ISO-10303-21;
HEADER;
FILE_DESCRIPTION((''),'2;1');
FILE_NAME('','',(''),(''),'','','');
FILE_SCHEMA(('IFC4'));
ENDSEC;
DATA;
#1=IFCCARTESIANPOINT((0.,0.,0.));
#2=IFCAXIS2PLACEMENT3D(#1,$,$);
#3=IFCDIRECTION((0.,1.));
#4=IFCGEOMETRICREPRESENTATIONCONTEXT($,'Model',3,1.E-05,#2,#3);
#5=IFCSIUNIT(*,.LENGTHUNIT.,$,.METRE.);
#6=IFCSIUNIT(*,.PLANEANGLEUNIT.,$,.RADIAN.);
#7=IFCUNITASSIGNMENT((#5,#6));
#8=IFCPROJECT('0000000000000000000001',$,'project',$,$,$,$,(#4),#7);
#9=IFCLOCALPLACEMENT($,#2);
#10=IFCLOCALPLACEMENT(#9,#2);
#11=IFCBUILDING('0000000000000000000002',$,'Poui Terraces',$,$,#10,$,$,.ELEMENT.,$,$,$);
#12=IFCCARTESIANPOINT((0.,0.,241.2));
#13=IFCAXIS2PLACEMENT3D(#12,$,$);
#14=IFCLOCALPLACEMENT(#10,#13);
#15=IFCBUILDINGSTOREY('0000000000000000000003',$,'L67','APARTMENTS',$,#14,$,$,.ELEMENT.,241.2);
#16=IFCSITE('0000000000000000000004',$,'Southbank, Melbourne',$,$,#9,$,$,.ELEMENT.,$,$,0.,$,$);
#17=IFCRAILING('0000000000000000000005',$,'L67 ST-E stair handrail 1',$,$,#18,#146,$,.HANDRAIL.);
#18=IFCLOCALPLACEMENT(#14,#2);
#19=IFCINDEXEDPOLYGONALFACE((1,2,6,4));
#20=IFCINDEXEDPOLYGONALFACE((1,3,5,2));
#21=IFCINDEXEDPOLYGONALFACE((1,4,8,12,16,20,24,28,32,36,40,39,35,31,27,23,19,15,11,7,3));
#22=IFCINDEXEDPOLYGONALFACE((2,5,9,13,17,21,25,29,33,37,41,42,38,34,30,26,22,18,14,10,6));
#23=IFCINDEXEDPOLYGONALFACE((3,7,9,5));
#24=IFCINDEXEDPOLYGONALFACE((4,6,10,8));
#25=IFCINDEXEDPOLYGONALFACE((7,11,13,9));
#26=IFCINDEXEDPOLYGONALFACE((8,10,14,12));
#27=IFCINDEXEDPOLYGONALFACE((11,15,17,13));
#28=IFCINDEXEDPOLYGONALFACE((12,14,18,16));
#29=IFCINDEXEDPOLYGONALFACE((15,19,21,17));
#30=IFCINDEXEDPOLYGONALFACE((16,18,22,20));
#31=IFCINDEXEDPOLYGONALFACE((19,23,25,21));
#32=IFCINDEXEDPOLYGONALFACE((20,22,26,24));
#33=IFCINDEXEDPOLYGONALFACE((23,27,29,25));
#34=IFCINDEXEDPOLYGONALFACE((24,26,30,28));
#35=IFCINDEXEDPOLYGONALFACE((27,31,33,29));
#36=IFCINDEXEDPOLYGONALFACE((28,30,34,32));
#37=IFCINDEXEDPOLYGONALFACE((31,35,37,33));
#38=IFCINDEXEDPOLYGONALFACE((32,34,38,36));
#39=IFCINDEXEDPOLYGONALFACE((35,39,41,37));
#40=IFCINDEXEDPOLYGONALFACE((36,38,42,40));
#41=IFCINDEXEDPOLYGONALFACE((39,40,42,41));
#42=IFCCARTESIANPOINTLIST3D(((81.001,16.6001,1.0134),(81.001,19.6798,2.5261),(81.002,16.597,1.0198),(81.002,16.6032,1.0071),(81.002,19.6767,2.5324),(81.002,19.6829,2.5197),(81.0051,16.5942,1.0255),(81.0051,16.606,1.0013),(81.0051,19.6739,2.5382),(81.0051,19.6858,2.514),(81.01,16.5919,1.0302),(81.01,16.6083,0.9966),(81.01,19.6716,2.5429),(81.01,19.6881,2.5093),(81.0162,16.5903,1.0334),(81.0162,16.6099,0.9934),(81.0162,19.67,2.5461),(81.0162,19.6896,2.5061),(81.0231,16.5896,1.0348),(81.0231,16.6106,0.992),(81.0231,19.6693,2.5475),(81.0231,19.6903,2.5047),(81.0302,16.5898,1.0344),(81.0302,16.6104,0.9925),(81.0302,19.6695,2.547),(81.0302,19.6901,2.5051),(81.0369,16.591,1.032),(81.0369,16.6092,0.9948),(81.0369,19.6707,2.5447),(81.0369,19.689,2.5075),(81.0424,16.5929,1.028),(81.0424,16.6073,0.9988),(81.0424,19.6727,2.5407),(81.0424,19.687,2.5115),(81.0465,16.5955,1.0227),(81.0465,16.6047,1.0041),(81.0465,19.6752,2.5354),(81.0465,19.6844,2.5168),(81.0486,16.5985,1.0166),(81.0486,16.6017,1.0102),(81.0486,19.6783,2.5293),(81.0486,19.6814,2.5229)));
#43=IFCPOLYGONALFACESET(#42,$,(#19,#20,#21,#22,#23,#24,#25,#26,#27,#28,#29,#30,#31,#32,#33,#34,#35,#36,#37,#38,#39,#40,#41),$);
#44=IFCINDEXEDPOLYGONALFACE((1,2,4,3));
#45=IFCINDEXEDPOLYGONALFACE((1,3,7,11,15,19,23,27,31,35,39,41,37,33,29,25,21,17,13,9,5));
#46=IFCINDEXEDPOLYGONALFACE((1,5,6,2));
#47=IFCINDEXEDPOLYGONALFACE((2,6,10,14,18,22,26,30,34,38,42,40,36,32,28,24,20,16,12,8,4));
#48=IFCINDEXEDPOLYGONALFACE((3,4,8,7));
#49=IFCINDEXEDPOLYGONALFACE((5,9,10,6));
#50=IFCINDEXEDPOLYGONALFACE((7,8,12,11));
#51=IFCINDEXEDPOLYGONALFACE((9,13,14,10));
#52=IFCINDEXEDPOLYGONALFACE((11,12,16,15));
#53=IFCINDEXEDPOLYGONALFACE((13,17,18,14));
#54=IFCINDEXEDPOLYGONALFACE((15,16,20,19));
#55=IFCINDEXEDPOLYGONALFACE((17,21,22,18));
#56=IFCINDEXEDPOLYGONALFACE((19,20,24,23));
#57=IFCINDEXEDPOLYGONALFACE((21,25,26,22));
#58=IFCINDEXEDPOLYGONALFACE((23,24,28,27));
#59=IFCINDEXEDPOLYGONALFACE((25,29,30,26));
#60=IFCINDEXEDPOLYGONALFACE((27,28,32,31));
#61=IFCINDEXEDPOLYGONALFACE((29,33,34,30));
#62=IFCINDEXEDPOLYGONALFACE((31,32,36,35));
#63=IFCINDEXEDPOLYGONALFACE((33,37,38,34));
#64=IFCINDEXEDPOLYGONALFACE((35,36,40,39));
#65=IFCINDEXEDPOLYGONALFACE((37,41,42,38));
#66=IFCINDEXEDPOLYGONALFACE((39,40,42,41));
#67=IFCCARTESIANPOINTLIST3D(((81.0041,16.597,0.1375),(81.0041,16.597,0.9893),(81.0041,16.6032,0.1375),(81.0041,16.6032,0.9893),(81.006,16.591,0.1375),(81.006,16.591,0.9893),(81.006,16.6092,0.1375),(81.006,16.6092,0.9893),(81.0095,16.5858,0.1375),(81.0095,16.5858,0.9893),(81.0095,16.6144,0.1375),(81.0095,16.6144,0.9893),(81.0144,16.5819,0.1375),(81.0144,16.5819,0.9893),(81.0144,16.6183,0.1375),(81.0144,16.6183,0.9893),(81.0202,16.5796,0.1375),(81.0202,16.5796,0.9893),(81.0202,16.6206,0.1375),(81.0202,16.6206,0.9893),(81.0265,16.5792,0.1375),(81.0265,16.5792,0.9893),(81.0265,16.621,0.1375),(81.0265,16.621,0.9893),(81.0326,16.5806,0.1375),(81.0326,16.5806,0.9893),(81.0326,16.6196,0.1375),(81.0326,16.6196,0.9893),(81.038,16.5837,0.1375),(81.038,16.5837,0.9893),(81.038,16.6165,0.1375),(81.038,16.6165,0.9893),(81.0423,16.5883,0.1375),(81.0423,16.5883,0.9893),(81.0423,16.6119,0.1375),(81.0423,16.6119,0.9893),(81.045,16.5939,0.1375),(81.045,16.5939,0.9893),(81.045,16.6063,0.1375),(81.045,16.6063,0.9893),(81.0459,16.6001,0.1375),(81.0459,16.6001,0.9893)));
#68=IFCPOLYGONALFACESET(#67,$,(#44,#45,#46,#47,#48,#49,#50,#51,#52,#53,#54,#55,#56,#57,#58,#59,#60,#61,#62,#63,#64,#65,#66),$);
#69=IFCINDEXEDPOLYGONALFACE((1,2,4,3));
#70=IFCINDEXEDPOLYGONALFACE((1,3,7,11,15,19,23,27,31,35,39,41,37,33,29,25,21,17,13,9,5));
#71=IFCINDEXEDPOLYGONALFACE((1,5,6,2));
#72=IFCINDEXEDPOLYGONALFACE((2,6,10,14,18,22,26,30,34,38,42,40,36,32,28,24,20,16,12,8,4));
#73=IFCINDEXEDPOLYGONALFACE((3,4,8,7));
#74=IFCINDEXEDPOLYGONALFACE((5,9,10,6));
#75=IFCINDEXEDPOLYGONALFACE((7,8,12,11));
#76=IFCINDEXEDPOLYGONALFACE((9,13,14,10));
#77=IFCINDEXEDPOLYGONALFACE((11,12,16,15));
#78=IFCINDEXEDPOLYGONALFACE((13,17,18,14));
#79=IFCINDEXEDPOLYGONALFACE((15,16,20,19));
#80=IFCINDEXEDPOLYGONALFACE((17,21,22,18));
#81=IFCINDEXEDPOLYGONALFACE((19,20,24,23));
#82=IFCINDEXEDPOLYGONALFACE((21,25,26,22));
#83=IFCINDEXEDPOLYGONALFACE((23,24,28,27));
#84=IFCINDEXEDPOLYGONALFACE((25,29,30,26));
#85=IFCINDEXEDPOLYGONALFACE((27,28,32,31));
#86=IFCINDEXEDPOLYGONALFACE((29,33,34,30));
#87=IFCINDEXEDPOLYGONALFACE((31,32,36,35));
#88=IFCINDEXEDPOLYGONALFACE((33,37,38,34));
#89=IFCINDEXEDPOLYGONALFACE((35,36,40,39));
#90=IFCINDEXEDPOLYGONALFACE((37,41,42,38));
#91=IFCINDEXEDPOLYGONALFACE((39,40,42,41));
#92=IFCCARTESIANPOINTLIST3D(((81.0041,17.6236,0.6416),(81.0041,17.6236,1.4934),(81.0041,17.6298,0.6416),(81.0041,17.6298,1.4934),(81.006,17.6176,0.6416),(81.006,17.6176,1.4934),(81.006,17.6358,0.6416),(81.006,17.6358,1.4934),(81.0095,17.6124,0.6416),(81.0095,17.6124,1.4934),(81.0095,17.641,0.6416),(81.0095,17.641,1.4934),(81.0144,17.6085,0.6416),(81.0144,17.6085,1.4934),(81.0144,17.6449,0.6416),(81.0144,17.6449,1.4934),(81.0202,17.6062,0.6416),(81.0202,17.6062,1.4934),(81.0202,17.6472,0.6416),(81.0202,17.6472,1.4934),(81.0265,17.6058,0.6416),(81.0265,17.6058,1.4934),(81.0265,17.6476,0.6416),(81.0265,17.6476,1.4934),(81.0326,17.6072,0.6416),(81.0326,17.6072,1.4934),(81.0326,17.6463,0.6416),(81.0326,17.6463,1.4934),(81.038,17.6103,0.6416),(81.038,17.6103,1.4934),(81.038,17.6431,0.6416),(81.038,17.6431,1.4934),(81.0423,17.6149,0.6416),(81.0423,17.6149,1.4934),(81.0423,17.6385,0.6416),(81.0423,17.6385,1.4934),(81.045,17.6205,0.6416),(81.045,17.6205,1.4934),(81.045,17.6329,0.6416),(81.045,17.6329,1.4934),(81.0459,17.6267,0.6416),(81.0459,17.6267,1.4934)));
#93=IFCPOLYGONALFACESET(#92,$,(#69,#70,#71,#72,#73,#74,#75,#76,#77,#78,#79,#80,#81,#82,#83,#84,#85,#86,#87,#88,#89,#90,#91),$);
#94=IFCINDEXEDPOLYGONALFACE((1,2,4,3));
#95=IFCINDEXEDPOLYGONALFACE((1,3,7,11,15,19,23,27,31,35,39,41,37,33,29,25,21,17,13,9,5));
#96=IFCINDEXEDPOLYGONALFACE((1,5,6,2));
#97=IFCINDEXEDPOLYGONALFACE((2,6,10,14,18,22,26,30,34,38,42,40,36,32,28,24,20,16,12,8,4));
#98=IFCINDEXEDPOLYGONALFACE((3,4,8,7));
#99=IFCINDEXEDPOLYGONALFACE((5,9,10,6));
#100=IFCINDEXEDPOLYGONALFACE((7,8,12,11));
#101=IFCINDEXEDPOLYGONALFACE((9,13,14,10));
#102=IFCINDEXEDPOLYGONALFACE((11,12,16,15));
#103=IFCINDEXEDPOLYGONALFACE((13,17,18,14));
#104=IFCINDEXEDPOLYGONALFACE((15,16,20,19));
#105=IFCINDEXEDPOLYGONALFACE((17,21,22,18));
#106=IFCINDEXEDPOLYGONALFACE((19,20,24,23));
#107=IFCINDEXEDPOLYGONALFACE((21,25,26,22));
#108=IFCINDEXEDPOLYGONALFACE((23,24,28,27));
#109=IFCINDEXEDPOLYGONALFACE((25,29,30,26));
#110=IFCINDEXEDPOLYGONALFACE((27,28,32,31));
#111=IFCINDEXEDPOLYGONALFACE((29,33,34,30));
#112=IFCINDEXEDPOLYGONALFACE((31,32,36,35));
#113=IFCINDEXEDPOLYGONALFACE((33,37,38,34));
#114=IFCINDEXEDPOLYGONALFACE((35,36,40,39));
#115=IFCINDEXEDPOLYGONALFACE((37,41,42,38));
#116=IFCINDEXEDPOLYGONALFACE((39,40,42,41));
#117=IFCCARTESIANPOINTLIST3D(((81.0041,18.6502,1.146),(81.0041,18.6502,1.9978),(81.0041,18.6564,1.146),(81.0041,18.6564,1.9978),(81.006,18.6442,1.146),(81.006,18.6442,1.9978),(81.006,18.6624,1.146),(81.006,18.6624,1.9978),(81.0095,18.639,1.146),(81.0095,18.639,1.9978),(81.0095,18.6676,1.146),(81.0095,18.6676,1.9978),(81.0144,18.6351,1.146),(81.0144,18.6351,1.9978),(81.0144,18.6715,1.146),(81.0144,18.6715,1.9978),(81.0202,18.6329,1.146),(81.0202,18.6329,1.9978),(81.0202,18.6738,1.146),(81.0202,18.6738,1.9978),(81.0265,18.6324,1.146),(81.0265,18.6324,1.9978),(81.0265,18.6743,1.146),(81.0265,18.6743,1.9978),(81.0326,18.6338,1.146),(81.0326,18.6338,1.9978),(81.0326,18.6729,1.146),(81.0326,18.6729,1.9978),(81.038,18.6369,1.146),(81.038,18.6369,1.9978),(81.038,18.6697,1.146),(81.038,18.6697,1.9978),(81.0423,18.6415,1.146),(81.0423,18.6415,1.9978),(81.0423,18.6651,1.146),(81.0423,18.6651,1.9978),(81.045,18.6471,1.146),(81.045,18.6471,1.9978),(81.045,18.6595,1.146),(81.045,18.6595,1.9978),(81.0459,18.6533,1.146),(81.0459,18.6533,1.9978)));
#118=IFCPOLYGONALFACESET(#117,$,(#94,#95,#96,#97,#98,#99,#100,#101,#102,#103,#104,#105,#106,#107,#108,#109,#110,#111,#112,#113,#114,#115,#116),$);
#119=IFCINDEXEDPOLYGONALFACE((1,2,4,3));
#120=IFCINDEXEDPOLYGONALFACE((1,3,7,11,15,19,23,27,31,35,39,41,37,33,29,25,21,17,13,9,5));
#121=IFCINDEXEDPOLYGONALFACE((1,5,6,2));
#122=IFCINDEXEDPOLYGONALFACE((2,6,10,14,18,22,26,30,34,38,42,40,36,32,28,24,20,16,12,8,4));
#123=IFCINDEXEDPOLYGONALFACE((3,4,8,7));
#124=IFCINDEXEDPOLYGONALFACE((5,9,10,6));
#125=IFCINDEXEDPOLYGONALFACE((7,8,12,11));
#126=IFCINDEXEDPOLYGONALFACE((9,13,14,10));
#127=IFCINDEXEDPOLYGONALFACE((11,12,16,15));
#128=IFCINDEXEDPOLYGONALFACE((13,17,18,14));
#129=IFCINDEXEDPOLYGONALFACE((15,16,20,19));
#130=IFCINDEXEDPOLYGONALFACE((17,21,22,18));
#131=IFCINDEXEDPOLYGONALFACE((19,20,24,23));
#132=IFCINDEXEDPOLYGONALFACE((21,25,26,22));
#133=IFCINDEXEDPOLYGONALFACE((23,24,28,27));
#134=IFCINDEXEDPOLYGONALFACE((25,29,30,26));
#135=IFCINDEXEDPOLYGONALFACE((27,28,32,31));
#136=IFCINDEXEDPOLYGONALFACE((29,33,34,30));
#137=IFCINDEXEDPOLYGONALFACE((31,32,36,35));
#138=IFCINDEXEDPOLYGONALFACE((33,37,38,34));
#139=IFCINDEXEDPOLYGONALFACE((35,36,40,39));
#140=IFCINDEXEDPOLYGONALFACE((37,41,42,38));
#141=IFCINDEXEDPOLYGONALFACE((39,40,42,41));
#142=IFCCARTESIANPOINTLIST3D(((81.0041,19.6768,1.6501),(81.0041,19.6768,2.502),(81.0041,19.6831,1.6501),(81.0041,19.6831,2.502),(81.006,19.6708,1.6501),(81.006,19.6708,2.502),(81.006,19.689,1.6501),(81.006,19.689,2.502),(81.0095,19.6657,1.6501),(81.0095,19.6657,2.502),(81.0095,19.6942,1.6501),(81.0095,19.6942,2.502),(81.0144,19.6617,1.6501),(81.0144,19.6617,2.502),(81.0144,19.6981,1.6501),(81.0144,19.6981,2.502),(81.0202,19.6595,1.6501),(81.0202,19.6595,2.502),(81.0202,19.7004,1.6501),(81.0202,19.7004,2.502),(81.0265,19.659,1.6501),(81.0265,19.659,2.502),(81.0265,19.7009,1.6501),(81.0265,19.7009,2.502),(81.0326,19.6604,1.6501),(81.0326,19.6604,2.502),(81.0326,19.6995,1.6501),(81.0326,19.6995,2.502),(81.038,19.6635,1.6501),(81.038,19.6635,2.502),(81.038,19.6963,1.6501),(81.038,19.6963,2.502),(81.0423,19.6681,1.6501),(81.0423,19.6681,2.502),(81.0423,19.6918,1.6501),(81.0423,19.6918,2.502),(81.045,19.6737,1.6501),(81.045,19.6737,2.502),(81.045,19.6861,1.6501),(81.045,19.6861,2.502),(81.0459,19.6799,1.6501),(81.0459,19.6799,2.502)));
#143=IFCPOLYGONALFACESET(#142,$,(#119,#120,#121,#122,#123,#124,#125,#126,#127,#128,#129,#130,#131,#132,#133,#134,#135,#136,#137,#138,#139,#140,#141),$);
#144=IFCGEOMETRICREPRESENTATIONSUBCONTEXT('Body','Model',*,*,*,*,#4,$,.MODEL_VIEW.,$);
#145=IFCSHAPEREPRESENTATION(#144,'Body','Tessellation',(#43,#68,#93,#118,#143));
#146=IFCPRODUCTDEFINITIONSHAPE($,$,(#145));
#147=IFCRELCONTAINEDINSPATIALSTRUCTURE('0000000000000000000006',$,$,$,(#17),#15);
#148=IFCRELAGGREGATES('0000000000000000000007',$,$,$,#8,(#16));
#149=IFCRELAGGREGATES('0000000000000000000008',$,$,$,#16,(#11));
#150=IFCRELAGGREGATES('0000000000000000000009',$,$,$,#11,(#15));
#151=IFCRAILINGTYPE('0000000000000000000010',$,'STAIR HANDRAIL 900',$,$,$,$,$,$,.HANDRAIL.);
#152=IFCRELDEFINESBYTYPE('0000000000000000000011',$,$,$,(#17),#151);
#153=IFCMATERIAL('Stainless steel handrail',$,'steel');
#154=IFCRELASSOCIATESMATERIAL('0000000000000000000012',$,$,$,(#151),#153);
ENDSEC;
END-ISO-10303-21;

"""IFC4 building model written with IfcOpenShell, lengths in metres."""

from ifc_helpers import new_model, si_unit, direction, frame, origin, origin_2d, place, context, subcontext, project, spatial, circle, extrude, material, type_object, element, save


model = new_model("IFC4")

# Units and contexts
model_context = context("Model", 3, precision=1e-05, world=origin(), true_north=direction((0.0, 1.0)))
body_context = subcontext(model_context, "Body", "Model", "MODEL_VIEW")
ifc_project = project(units=[si_unit("LENGTHUNIT", "METRE"), si_unit("PLANEANGLEUNIT", "RADIAN")], contexts=[model_context])

# Site, building, storey
site_placement = place(None, origin())
site = spatial("IfcSite", under=ifc_project, at=site_placement, Name="Southbank, Melbourne", CompositionType="ELEMENT", RefElevation=0.0)
building_placement = place(site_placement, origin())
building = spatial("IfcBuilding", under=site, at=building_placement, Name="Poui Terraces", CompositionType="ELEMENT")
storey_placement = place(building_placement, frame((0.0, 0.0, 241.2)))
storey = spatial("IfcBuildingStorey", under=building, at=storey_placement, Name="L67", Description="APARTMENTS", CompositionType="ELEMENT", Elevation=241.2)

# Railing
ifc_material_1 = material(Name="Stainless steel handrail", Category="steel")
railing_type_1 = type_object("IfcRailingType", Name="STAIR HANDRAIL 900", PredefinedType="HANDRAIL", material=ifc_material_1)
railing_1_placement = place(storey_placement, frame((81.0249, 16.6001, 0.1375)))
element("IfcRailing", 1, at=railing_1_placement, inside=storey, type_object=railing_type_1, Name="L67 ST-E stair handrail 1", PredefinedType="HANDRAIL", context=body_context, shape_type="SweptSolid", body=[
    extrude(circle(Radius=0.0239, at=origin_2d()), frame((0.0, 0.0, 0.876), z_axis=(0.0, 0.897578, 0.440856), x_axis=(-1.0, 0.0, 0.0)), (0.0, 0.0, 1.0), 3.4312),
    extrude(circle(Radius=0.021, at=origin_2d()), origin(), (0.0, 0.0, 1.0), 0.8518),
    extrude(circle(Radius=0.021, at=origin_2d()), frame((0.0, 1.0266, 0.5042)), (0.0, 0.0, 1.0), 0.8518),
    extrude(circle(Radius=0.021, at=origin_2d()), frame((0.0, 2.0532, 1.0085)), (0.0, 0.0, 1.0), 0.8518),
    extrude(circle(Radius=0.021, at=origin_2d()), frame((0.0, 3.0798, 1.5127)), (0.0, 0.0, 1.0), 0.8518),
])

save(model, "model.ifc")
